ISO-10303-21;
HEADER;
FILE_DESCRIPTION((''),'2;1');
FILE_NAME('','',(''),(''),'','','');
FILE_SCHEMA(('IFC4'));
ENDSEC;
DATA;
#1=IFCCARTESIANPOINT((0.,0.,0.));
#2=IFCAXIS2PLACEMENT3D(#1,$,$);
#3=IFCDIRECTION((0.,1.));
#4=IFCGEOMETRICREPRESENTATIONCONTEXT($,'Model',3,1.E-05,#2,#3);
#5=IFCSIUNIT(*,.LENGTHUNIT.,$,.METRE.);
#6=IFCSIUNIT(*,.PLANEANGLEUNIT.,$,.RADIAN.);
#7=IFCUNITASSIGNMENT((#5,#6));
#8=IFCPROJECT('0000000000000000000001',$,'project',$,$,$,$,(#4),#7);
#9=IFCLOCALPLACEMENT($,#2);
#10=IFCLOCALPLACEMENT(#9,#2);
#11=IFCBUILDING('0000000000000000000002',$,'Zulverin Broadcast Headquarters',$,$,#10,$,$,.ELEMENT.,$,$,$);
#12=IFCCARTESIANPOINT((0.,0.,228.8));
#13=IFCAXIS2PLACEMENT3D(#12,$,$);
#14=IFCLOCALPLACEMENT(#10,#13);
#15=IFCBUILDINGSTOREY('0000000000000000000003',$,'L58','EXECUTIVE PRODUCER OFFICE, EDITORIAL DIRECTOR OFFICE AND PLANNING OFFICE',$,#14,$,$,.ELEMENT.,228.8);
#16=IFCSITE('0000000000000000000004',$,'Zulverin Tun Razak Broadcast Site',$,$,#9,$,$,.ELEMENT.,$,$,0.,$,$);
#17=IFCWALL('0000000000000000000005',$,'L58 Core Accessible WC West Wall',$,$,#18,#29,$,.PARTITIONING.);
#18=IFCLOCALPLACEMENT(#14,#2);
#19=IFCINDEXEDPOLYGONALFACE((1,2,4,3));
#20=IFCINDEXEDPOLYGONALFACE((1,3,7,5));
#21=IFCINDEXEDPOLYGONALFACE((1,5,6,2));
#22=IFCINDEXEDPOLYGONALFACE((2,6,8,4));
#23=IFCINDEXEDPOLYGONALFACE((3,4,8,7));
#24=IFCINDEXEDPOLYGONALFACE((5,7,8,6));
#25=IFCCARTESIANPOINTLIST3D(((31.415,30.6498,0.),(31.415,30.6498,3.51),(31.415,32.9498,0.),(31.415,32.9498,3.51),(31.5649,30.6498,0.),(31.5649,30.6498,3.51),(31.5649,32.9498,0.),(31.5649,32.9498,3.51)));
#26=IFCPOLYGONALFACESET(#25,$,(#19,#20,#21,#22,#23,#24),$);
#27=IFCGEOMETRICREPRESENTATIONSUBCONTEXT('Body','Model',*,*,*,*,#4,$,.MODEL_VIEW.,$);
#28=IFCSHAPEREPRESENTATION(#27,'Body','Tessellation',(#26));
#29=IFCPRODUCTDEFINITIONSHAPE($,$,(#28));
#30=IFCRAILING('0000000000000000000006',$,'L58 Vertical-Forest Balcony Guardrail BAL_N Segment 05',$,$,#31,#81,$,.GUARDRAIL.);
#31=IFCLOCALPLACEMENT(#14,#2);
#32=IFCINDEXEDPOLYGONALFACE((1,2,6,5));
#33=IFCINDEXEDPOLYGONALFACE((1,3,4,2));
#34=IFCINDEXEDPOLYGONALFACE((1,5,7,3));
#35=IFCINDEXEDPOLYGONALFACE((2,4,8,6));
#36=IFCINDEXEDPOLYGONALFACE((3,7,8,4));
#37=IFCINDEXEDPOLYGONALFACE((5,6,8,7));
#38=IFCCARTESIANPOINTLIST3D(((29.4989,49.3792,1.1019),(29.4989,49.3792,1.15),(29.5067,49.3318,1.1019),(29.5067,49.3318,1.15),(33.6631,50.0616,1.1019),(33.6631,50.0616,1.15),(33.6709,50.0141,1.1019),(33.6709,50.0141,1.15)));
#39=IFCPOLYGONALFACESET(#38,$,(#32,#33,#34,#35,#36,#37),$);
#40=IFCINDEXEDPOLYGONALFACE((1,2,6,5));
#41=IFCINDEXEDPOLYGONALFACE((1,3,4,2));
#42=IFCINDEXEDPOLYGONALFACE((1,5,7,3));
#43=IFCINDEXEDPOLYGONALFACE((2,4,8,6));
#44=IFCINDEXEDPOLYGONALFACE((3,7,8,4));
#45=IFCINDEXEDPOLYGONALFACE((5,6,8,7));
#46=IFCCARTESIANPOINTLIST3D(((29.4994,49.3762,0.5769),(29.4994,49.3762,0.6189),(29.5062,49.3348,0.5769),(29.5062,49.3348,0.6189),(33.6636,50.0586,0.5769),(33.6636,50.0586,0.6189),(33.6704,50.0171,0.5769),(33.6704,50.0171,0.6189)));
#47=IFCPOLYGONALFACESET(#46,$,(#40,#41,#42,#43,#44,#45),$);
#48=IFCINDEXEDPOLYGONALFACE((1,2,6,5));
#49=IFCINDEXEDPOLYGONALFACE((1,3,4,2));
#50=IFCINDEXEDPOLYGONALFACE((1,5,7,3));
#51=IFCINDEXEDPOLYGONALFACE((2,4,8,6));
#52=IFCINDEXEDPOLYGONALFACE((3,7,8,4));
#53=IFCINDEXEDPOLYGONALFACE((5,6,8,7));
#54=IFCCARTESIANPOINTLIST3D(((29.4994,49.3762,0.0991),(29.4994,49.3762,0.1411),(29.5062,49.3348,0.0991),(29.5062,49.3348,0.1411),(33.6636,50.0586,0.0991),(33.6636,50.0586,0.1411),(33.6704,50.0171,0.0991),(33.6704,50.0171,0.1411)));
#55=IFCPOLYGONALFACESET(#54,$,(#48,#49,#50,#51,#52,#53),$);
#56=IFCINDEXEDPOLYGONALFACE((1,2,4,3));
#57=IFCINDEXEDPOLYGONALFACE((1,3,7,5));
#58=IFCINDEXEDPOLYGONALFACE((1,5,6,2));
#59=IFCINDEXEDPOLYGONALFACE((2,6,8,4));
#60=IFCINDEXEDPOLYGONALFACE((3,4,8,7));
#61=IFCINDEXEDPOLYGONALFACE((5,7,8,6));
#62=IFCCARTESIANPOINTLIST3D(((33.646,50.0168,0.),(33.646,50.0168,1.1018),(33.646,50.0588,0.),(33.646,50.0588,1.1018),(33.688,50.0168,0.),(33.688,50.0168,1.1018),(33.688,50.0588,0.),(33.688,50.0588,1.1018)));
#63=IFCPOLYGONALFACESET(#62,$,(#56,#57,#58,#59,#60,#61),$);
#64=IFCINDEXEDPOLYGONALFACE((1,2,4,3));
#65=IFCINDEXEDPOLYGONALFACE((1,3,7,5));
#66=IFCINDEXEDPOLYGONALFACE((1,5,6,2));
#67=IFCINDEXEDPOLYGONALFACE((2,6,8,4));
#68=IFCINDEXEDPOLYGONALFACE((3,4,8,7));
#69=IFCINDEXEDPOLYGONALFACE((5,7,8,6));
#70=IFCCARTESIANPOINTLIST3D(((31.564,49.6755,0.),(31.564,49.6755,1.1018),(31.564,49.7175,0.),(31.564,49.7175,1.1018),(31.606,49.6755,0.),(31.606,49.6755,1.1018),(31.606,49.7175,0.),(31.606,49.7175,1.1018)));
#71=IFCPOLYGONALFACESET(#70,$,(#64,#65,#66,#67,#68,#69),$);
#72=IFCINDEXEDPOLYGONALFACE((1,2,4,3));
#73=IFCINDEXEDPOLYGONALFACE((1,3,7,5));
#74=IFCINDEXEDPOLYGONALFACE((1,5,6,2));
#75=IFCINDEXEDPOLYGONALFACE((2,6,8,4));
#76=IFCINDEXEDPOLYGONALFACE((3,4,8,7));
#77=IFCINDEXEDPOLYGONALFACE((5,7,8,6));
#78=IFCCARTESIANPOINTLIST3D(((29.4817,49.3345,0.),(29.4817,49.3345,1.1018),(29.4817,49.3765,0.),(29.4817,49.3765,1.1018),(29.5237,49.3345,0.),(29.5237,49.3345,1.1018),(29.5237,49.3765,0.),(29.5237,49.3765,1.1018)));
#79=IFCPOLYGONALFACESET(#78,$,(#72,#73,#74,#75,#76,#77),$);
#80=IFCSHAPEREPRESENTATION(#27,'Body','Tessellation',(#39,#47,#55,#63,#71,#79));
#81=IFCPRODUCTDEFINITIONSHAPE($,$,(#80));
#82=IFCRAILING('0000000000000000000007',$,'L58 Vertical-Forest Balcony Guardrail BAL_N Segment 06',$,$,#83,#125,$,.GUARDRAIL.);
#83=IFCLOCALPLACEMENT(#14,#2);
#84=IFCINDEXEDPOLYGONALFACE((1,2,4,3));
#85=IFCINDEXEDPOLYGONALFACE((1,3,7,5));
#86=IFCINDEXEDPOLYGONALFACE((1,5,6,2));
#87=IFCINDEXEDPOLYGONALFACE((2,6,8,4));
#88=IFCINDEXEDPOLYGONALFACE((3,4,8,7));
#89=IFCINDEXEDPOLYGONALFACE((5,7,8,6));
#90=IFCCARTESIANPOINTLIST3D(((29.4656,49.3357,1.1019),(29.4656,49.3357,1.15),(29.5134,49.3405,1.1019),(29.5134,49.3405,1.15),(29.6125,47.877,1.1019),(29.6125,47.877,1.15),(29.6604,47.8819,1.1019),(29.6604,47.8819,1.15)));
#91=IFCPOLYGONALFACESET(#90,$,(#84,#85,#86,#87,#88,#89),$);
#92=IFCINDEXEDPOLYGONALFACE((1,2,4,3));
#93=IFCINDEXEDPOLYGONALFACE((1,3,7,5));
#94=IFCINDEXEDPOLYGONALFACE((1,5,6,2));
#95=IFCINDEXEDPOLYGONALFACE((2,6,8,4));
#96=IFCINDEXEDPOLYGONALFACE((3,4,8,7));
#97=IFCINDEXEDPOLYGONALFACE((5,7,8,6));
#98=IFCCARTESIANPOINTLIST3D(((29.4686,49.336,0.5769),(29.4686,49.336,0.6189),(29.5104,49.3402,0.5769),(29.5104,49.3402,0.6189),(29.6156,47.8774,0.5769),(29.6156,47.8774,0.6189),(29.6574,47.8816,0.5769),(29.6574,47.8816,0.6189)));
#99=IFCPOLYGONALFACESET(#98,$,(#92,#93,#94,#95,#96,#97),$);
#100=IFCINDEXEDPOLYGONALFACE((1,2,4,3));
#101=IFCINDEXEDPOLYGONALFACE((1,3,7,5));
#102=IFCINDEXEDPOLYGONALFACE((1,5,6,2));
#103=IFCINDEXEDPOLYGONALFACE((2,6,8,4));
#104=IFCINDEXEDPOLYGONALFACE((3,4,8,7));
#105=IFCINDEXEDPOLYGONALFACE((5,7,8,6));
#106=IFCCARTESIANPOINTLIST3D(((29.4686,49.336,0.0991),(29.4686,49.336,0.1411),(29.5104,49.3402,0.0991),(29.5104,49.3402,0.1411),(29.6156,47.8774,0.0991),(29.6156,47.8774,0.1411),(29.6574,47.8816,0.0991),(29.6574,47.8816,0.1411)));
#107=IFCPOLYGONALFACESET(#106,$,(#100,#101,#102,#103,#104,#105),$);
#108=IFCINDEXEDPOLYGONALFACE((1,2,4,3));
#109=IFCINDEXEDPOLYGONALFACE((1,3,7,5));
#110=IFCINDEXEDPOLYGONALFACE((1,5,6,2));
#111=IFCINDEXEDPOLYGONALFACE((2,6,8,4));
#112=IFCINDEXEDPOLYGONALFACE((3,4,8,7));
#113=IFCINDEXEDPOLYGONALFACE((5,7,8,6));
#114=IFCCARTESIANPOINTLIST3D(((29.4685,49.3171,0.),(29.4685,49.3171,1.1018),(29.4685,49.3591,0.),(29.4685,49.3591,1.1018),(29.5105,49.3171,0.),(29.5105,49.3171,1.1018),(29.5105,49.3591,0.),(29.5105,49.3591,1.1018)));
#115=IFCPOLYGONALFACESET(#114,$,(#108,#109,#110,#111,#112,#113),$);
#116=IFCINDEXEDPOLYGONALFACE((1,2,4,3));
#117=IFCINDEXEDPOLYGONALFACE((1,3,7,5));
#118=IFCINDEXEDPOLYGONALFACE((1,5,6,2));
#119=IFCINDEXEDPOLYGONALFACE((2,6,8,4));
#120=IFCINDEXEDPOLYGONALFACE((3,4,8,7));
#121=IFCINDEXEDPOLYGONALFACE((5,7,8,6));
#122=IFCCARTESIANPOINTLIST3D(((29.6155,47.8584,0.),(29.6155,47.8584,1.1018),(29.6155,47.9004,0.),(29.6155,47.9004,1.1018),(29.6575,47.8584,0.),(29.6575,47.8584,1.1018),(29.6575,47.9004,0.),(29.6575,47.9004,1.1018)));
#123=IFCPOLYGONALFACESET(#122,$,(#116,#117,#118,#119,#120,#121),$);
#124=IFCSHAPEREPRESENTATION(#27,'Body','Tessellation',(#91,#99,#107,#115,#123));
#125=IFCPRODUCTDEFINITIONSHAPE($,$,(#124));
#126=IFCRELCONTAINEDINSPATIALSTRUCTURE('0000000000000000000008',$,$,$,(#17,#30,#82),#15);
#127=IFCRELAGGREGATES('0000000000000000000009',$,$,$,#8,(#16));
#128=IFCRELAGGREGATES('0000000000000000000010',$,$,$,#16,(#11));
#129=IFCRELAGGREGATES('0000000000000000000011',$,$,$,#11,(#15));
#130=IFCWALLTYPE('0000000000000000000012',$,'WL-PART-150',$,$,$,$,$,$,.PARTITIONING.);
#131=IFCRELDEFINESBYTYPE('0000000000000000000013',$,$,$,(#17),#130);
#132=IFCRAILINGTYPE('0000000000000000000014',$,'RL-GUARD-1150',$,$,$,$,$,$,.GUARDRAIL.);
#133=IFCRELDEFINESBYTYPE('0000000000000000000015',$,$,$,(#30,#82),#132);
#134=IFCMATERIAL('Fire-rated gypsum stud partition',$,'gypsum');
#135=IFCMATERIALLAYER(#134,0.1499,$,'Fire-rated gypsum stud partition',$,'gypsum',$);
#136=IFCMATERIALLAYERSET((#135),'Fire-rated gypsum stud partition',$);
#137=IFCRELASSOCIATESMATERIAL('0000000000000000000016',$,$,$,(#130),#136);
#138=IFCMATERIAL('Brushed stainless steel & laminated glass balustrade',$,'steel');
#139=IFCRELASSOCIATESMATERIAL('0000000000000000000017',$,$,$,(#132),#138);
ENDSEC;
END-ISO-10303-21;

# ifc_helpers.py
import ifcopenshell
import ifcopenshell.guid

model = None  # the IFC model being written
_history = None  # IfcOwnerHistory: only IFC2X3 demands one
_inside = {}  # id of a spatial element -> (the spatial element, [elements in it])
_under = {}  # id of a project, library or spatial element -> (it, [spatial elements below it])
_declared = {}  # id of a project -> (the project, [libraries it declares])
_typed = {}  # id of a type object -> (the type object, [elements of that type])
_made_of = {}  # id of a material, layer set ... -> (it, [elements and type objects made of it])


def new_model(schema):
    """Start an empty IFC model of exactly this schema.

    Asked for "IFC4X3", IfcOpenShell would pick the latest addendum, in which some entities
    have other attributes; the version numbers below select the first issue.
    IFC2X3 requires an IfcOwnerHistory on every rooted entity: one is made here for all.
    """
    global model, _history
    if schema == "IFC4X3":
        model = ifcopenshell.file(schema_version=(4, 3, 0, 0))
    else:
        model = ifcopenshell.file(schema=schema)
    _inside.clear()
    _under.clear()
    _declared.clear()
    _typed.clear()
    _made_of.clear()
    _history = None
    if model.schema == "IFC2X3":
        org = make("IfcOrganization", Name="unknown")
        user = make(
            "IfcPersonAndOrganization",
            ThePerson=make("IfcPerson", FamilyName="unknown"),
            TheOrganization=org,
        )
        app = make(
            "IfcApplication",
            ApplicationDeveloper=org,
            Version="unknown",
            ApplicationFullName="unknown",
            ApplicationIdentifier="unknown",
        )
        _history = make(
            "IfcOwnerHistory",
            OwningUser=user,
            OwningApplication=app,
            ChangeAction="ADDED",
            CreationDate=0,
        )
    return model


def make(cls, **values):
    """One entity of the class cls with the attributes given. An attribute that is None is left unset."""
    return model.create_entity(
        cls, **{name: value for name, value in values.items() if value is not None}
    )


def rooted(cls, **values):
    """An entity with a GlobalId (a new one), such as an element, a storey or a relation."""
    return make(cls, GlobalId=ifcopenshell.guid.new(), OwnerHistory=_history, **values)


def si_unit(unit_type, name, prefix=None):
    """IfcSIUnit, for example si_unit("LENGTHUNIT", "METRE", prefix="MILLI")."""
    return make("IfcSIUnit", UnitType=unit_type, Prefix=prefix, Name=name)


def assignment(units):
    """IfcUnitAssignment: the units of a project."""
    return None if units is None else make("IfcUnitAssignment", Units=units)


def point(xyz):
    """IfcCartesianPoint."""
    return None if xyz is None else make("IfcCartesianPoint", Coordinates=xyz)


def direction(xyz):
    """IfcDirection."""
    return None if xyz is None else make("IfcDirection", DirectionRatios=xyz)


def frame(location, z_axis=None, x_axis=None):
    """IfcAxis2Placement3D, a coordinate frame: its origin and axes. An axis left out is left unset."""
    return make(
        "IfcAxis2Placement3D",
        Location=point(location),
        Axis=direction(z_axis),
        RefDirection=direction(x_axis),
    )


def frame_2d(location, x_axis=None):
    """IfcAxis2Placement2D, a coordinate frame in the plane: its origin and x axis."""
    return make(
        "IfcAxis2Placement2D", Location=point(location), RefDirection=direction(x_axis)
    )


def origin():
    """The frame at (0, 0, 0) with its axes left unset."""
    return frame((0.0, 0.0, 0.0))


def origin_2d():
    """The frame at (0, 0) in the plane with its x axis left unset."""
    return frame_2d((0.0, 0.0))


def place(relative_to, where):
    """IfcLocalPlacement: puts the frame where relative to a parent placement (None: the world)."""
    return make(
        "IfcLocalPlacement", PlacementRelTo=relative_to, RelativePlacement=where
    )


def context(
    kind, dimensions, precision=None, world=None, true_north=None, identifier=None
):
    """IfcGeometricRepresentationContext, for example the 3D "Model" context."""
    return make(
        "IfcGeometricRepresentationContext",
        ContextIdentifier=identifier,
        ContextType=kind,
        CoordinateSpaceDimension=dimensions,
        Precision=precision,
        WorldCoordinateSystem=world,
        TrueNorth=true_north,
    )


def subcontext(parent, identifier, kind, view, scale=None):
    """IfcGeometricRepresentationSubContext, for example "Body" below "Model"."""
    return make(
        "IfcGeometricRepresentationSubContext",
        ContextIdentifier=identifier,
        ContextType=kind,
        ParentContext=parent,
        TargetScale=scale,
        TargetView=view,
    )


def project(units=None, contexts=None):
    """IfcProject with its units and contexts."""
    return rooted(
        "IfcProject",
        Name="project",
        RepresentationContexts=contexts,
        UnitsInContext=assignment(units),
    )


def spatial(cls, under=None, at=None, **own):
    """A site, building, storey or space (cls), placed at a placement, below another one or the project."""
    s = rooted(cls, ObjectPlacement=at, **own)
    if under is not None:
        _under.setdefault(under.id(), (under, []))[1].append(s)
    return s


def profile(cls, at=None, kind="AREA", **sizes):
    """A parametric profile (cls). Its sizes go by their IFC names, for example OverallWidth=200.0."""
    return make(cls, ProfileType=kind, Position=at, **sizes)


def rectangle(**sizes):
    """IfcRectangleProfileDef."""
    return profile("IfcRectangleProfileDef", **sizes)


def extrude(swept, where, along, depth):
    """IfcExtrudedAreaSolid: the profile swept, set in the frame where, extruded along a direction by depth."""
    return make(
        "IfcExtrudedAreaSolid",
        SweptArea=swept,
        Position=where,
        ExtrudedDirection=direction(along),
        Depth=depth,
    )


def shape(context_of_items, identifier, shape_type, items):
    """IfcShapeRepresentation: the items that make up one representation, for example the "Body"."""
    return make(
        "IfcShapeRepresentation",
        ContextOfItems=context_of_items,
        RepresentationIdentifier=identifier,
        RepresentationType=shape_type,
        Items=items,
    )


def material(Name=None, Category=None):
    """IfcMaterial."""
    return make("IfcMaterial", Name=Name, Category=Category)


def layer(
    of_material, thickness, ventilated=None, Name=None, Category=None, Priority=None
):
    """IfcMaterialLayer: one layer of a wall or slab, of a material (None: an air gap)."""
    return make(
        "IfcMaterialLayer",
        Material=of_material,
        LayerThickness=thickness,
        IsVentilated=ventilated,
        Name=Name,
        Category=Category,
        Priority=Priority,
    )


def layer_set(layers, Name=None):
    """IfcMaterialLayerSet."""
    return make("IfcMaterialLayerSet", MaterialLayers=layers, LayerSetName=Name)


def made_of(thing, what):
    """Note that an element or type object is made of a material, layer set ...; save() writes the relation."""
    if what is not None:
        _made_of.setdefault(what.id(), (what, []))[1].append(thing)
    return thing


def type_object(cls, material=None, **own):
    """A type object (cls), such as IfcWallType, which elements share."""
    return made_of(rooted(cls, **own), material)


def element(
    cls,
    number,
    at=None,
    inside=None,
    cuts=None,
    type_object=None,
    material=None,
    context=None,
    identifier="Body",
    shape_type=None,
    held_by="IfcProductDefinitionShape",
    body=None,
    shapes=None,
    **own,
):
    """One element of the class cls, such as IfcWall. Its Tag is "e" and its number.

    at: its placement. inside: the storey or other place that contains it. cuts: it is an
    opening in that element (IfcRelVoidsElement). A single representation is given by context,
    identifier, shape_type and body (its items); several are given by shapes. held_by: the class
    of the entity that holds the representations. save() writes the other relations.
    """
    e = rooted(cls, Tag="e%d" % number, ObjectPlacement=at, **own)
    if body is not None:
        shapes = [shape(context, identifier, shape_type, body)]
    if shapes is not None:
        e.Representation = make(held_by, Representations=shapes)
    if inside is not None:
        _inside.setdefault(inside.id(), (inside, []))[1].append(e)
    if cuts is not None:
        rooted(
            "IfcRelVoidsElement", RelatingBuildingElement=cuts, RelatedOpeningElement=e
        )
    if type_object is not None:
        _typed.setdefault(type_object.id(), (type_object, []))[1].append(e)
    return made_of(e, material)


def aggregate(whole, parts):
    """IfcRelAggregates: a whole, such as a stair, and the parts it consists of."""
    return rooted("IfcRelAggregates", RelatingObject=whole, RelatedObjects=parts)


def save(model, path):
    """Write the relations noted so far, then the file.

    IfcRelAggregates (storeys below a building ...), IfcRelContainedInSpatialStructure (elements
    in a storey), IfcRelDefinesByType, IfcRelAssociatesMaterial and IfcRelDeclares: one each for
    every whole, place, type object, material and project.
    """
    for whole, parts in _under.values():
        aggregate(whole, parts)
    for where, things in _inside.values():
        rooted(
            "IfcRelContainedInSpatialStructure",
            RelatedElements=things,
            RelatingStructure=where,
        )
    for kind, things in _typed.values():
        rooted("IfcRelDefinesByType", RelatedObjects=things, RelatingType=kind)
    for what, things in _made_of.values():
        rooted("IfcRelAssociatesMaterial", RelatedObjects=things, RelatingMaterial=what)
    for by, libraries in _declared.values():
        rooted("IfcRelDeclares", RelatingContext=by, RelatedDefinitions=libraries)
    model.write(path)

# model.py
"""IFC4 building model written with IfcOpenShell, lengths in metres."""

from ifc_helpers import new_model, si_unit, direction, frame, frame_2d, origin, origin_2d, place, context, subcontext, project, spatial, rectangle, extrude, material, layer, layer_set, type_object, element, save


model = new_model("IFC4")

# Units and contexts
model_context = context("Model", 3, precision=1e-05, world=origin(), true_north=direction((0.0, 1.0)))
body_context = subcontext(model_context, "Body", "Model", "MODEL_VIEW")
ifc_project = project(units=[si_unit("LENGTHUNIT", "METRE"), si_unit("PLANEANGLEUNIT", "RADIAN")], contexts=[model_context])

# Site, building, storey
site_placement = place(None, origin())
site = spatial("IfcSite", under=ifc_project, at=site_placement, Name="Zulverin Tun Razak Broadcast Site", CompositionType="ELEMENT", RefElevation=0.0)
building_placement = place(site_placement, origin())
building = spatial("IfcBuilding", under=site, at=building_placement, Name="Zulverin Broadcast Headquarters", CompositionType="ELEMENT")
storey_placement = place(building_placement, frame((0.0, 0.0, 228.8)))
storey = spatial("IfcBuildingStorey", under=building, at=storey_placement, Name="L58", Description="EXECUTIVE PRODUCER OFFICE, EDITORIAL DIRECTOR OFFICE AND PLANNING OFFICE", CompositionType="ELEMENT", Elevation=228.8)

# Wall
ifc_material_1 = material(Name="Fire-rated gypsum stud partition", Category="gypsum")
ifc_layer_1 = layer(ifc_material_1, 0.1499, Name="Fire-rated gypsum stud partition", Category="gypsum")
ifc_layer_set_1 = layer_set([ifc_layer_1], Name="Fire-rated gypsum stud partition")
wall_type_1 = type_object("IfcWallType", Name="WL-PART-150", PredefinedType="PARTITIONING", material=ifc_layer_set_1)
wall_1_placement = place(storey_placement, frame((31.49, 30.6499, 0.0), z_axis=(0.0, 0.0, 1.0), x_axis=(0.0, 1.0, 0.0)))
element("IfcWall", 1, at=wall_1_placement, inside=storey, type_object=wall_type_1, Name="L58 Core Accessible WC West Wall", PredefinedType="PARTITIONING", context=body_context, shape_type="SweptSolid", body=[
    extrude(rectangle(XDim=2.3, YDim=0.1499, at=frame_2d((1.1499, 0.0))), origin(), (0.0, 0.0, 1.0), 3.51),
])

# Railings
ifc_material_2 = material(Name="Brushed stainless steel & laminated glass balustrade", Category="steel")
railing_type = type_object("IfcRailingType", Name="RL-GUARD-1150", PredefinedType="GUARDRAIL", material=ifc_material_2)
railing_1_placement = place(storey_placement, frame((33.667, 50.0378, 0.0)))
element("IfcRailing", 2, at=railing_1_placement, inside=storey, type_object=railing_type, Name="L58 Vertical-Forest Balcony Guardrail BAL_N Segment 05", PredefinedType="GUARDRAIL", context=body_context, shape_type="SweptSolid", body=[
    extrude(rectangle(XDim=0.0481, YDim=0.0481, at=origin_2d()), frame((0.0, 0.0, 1.126), z_axis=(-0.986839, -0.161706, 0.0), x_axis=(0.161706, -0.986839, 0.0)), (0.0, 0.0, 1.0), 4.2197),
    extrude(rectangle(XDim=0.042, YDim=0.042, at=origin_2d()), frame((0.0, 0.0, 0.5979), z_axis=(-0.986839, -0.161706, 0.0), x_axis=(0.161706, -0.986839, 0.0)), (0.0, 0.0, 1.0), 4.2197),
    extrude(rectangle(XDim=0.042, YDim=0.042, at=origin_2d()), frame((0.0, 0.0, 0.1201), z_axis=(-0.986839, -0.161706, 0.0), x_axis=(0.161706, -0.986839, 0.0)), (0.0, 0.0, 1.0), 4.2197),
    extrude(rectangle(XDim=0.042, YDim=0.042, at=origin_2d()), origin(), (0.0, 0.0, 1.0), 1.1018),
    extrude(rectangle(XDim=0.042, YDim=0.042, at=origin_2d()), frame((-2.082, -0.3413, 0.0)), (0.0, 0.0, 1.0), 1.1018),
    extrude(rectangle(XDim=0.042, YDim=0.042, at=origin_2d()), frame((-4.1643, -0.6824, 0.0)), (0.0, 0.0, 1.0), 1.1018),
])
railing_2_placement = place(storey_placement, frame((29.4895, 49.3381, 0.0)))
element("IfcRailing", 3, at=railing_2_placement, inside=storey, type_object=railing_type, Name="L58 Vertical-Forest Balcony Guardrail BAL_N Segment 06", PredefinedType="GUARDRAIL", context=body_context, shape_type="SweptSolid", body=[
    extrude(rectangle(XDim=0.0481, YDim=0.0481, at=origin_2d()), frame((0.0, 0.0, 1.126), z_axis=(0.100246, -0.994963, 0.0), x_axis=(0.994963, 0.100246, 0.0)), (0.0, 0.0, 1.0), 1.4661),
    extrude(rectangle(XDim=0.042, YDim=0.042, at=origin_2d()), frame((0.0, 0.0, 0.5979), z_axis=(0.100246, -0.994963, 0.0), x_axis=(0.994963, 0.100246, 0.0)), (0.0, 0.0, 1.0), 1.4661),
    extrude(rectangle(XDim=0.042, YDim=0.042, at=origin_2d()), frame((0.0, 0.0, 0.1201), z_axis=(0.100246, -0.994963, 0.0), x_axis=(0.994963, 0.100246, 0.0)), (0.0, 0.0, 1.0), 1.4661),
    extrude(rectangle(XDim=0.042, YDim=0.042, at=origin_2d()), origin(), (0.0, 0.0, 1.0), 1.1018),
    extrude(rectangle(XDim=0.042, YDim=0.042, at=origin_2d()), frame((0.147, -1.4587, 0.0)), (0.0, 0.0, 1.0), 1.1018),
])

save(model, "model.ifc")
